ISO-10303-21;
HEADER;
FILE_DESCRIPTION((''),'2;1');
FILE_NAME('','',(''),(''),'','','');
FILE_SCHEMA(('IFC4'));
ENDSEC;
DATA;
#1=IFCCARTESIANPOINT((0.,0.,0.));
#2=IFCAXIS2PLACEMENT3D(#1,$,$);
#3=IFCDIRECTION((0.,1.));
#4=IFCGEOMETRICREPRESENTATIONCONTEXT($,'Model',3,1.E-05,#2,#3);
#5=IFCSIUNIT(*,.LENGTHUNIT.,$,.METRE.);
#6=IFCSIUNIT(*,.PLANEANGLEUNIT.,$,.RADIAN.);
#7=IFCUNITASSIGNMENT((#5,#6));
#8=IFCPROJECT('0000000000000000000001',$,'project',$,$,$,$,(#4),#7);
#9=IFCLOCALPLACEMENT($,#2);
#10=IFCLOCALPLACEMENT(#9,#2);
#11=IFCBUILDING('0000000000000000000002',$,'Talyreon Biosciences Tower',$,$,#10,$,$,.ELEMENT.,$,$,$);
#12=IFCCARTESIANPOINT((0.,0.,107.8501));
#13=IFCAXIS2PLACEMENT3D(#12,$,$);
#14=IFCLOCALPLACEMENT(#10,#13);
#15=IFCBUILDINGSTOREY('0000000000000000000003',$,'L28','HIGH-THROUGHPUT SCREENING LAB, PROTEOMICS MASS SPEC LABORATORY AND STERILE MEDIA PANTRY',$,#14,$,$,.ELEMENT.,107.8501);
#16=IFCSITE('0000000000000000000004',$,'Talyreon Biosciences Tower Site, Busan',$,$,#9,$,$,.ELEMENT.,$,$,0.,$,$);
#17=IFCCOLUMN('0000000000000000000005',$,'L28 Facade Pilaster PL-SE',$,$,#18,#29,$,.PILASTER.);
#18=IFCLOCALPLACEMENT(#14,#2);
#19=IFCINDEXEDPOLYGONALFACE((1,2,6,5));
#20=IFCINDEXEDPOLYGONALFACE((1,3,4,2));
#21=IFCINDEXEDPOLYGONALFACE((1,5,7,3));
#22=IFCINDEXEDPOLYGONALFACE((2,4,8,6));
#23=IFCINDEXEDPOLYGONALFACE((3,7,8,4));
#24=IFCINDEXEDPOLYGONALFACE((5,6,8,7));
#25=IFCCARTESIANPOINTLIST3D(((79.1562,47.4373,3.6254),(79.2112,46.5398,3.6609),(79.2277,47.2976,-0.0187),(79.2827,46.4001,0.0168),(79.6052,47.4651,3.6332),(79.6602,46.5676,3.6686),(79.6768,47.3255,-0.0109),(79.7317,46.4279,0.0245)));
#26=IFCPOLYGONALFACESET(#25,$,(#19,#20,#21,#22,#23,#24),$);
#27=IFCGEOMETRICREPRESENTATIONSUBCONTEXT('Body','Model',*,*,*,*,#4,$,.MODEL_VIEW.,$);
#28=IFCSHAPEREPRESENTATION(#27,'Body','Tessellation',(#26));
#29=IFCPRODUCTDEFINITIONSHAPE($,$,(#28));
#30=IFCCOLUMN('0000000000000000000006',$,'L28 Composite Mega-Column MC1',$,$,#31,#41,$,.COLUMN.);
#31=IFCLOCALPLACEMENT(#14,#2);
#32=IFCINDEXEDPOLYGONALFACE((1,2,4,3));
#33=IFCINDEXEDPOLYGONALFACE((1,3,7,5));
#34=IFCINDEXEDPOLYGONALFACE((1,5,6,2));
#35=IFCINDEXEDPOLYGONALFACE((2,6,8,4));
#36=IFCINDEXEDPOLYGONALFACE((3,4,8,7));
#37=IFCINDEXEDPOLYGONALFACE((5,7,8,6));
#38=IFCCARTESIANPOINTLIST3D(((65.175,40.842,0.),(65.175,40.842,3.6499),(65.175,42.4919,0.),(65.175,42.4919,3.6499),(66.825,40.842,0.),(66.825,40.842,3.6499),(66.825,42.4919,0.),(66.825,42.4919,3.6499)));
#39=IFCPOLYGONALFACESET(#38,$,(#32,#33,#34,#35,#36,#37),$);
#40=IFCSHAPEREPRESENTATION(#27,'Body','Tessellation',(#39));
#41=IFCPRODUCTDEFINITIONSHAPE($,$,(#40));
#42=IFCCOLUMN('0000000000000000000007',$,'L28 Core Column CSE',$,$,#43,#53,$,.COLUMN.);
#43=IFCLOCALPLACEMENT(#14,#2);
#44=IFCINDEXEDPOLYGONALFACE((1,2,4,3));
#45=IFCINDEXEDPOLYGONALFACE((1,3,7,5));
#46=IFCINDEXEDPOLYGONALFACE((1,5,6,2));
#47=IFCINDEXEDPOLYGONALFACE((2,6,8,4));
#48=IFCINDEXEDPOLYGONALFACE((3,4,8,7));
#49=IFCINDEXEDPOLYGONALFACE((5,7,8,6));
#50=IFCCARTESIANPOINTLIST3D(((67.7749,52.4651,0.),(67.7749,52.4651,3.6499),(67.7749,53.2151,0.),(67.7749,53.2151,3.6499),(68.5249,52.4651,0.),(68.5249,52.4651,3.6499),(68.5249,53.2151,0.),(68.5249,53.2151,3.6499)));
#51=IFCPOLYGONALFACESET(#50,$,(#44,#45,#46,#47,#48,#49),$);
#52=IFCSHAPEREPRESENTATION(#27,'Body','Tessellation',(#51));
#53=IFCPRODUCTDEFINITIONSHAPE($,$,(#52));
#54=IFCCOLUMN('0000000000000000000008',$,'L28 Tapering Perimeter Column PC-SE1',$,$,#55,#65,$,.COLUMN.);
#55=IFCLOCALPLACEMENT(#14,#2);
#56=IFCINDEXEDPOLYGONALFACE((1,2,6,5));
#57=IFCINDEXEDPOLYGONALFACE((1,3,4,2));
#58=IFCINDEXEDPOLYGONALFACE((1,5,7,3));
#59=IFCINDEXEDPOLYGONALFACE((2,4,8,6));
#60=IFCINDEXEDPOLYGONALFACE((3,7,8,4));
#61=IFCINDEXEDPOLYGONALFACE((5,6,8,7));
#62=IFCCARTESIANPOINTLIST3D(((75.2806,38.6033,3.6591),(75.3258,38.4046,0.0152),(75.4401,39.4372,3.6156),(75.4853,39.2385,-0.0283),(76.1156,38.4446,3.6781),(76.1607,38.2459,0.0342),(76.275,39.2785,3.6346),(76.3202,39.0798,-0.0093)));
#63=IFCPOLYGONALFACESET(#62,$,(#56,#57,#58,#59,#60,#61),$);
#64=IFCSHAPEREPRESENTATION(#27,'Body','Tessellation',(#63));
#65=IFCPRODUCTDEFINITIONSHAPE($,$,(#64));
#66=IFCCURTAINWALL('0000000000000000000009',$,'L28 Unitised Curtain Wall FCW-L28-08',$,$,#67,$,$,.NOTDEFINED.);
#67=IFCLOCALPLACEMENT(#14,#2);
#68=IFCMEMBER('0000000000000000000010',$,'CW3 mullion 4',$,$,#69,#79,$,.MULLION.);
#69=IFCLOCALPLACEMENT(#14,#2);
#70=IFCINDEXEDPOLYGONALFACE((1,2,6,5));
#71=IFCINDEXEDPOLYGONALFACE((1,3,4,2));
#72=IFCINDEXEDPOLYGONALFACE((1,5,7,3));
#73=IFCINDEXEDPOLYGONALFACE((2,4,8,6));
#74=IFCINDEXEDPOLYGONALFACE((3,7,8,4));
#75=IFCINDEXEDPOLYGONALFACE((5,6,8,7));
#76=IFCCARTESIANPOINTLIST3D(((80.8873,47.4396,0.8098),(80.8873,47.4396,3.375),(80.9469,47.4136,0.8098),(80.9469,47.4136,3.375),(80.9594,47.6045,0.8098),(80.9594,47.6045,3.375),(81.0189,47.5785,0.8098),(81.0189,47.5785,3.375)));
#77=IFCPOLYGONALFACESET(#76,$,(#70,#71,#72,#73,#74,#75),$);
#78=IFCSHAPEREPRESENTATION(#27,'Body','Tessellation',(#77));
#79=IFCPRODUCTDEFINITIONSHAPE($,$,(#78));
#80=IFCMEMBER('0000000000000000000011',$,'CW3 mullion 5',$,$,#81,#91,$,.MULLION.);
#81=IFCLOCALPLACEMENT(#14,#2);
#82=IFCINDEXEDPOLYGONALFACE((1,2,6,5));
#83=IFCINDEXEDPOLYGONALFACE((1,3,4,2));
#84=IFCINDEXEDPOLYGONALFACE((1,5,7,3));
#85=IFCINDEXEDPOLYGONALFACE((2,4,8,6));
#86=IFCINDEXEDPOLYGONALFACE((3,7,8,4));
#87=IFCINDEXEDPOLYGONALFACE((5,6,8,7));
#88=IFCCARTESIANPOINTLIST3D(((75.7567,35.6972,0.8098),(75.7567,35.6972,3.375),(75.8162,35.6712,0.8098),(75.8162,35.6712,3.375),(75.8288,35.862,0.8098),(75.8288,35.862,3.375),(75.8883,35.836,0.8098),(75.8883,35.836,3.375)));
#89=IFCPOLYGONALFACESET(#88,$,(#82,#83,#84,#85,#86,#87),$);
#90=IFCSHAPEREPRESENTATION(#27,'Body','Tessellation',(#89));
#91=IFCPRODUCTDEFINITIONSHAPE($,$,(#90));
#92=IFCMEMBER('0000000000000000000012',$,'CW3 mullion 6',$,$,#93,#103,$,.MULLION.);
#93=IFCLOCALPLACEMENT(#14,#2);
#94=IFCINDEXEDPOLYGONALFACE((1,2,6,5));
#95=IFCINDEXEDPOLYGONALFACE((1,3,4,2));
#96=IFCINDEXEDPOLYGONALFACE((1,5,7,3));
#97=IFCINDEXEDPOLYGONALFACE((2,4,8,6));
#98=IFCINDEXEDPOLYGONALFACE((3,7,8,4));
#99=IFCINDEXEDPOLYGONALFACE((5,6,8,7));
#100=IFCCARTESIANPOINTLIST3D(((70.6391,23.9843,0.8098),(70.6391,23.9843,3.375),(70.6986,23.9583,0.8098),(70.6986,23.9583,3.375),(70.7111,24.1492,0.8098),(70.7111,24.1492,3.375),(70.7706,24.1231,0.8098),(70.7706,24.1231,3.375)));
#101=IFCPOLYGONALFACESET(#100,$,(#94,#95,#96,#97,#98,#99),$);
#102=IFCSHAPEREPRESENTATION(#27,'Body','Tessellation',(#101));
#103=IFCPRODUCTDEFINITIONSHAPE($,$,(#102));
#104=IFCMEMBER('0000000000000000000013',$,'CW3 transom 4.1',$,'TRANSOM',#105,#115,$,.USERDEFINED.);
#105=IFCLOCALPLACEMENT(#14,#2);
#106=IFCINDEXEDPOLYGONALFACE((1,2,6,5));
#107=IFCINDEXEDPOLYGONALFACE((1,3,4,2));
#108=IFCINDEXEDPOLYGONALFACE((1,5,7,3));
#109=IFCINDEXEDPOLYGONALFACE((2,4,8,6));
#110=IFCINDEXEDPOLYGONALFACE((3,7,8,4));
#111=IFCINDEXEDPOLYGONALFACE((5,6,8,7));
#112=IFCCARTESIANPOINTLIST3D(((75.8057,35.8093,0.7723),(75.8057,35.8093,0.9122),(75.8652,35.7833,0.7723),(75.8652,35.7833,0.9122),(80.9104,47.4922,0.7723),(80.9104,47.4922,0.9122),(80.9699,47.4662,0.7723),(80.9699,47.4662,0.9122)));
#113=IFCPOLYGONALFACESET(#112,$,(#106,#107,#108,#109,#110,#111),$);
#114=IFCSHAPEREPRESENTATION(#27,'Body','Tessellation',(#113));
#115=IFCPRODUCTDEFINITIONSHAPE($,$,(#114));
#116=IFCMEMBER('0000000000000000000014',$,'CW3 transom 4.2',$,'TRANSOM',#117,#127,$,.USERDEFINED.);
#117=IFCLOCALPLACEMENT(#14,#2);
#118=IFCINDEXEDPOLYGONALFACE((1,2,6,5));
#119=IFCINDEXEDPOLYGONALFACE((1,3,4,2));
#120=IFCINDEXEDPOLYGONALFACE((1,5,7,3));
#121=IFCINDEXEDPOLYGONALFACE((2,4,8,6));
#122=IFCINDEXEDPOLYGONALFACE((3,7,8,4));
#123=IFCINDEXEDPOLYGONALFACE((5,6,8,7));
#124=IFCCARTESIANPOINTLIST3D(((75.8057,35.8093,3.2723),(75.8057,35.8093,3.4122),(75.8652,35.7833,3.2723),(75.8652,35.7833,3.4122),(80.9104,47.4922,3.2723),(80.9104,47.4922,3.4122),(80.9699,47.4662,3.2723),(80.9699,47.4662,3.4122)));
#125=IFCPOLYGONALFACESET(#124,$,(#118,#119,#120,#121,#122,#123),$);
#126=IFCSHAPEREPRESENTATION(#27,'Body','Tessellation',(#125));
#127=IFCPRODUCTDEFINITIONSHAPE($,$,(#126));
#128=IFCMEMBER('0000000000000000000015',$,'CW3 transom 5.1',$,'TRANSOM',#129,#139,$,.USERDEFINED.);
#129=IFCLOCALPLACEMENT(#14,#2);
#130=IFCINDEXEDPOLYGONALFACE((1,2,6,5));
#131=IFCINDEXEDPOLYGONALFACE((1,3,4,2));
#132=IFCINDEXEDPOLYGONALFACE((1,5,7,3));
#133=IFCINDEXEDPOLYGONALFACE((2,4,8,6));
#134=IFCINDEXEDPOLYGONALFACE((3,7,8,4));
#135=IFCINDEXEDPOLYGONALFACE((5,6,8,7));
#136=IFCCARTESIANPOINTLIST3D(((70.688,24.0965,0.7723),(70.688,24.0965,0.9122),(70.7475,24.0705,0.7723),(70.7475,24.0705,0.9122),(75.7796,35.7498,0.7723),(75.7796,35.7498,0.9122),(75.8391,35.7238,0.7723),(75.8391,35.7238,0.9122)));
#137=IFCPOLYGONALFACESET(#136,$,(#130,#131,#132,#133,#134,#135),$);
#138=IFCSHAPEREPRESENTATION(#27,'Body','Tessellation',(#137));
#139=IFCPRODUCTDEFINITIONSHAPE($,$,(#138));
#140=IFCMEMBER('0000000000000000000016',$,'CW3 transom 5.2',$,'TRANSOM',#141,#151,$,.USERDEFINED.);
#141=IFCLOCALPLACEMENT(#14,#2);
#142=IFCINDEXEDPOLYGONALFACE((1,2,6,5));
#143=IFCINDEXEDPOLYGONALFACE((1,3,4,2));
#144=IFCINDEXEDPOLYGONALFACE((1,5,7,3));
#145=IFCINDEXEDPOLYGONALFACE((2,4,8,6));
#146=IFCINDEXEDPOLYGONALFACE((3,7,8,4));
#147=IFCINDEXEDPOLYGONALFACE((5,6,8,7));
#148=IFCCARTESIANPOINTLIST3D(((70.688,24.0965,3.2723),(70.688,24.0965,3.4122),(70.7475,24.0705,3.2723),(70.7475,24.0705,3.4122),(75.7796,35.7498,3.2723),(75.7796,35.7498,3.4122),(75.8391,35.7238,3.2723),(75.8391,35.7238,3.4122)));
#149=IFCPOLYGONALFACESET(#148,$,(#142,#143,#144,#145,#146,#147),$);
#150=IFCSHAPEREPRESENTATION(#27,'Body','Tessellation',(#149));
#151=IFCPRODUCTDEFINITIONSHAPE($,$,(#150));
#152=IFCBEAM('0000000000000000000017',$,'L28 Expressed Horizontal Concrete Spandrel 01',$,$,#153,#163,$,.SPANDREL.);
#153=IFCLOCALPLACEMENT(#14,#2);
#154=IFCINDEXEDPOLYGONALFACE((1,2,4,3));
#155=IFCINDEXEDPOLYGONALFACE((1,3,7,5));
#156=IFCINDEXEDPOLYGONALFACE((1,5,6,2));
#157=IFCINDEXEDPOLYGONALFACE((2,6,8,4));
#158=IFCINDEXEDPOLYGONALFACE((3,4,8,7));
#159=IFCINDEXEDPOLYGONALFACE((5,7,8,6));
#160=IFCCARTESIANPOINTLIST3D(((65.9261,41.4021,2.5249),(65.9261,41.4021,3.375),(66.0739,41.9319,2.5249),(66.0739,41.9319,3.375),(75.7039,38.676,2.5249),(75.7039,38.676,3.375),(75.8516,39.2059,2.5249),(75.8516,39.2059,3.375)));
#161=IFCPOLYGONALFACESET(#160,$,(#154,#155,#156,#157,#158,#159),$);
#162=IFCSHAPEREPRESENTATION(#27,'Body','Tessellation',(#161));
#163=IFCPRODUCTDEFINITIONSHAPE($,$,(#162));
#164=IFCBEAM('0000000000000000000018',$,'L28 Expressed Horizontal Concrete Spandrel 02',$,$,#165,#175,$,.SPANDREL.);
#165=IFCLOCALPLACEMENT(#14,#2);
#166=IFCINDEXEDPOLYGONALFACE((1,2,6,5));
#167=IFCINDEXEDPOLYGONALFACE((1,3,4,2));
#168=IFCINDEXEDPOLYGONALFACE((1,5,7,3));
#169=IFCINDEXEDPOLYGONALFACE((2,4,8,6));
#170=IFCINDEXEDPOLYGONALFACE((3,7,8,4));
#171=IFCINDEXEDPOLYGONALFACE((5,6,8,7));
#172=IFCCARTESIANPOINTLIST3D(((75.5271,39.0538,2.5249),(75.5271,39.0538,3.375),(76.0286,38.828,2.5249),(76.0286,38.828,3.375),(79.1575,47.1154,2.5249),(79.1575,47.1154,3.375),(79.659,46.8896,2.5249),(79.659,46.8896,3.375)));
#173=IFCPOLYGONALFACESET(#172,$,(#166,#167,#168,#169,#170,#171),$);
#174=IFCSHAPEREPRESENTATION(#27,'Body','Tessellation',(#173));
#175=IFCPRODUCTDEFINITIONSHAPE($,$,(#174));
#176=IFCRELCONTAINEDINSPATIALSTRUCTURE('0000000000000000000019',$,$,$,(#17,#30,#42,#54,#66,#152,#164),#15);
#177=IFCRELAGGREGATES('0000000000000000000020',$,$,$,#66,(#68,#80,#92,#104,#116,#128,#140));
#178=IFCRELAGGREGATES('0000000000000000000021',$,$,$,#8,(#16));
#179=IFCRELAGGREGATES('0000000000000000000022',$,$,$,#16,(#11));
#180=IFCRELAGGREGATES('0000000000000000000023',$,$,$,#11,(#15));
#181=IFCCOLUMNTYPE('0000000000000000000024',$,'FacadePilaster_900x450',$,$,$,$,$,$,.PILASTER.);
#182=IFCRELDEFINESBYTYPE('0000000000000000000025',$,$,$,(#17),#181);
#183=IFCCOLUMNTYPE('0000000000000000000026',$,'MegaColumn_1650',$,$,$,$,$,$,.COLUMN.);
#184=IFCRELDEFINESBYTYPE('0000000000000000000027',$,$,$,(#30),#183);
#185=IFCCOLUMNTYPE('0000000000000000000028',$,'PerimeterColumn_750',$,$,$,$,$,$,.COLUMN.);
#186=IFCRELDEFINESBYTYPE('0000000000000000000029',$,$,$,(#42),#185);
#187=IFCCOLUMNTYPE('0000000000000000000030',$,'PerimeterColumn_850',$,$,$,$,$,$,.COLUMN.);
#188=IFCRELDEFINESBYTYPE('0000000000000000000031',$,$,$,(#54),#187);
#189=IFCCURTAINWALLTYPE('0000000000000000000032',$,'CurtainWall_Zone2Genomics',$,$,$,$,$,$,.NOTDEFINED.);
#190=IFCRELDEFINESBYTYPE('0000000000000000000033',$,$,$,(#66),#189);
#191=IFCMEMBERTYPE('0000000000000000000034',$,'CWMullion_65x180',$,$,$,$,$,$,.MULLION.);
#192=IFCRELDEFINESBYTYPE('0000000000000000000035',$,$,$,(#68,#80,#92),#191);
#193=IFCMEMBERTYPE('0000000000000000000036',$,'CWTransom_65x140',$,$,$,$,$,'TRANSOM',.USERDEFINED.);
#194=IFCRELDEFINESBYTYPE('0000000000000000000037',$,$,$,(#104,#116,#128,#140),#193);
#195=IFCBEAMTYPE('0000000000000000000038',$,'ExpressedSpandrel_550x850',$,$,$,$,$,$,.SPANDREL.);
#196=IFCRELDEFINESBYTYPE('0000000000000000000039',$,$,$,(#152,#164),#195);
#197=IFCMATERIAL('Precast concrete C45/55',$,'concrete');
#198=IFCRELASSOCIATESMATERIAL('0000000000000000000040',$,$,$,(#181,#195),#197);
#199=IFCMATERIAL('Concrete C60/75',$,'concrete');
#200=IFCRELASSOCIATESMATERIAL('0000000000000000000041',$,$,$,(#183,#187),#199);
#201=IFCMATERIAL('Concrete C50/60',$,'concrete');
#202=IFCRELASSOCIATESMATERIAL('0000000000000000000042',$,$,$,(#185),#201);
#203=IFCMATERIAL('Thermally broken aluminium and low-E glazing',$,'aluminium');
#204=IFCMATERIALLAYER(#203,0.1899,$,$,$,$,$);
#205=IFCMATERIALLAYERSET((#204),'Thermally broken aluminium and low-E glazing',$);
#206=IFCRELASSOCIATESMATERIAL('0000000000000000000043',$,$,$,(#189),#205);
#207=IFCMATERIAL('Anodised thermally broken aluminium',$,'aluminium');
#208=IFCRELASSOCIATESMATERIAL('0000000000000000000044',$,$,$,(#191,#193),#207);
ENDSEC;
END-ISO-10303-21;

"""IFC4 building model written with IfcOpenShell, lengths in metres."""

from ifc_helpers import new_model, si_unit, direction, frame, origin, origin_2d, place, context, subcontext, project, spatial, rectangle, extrude, material, layer, layer_set, material_profile, profile_set, type_object, element, aggregate, save


model = new_model("IFC4")

# Units and contexts
model_context = context("Model", 3, precision=1e-05, world=origin(), true_north=direction((0.0, 1.0)))
body_context = subcontext(model_context, "Body", "Model", "MODEL_VIEW")
ifc_project = project(units=[si_unit("LENGTHUNIT", "METRE"), si_unit("PLANEANGLEUNIT", "RADIAN")], contexts=[model_context])

# Site, building, storey
site_placement = place(None, origin())
site = spatial("IfcSite", under=ifc_project, at=site_placement, Name="Talyreon Biosciences Tower Site, Busan", CompositionType="ELEMENT", RefElevation=0.0)
building_placement = place(site_placement, origin())
building = spatial("IfcBuilding", under=site, at=building_placement, Name="Talyreon Biosciences Tower", CompositionType="ELEMENT")
storey_placement = place(building_placement, frame((0.0, 0.0, 107.8501)))
storey = spatial("IfcBuildingStorey", under=building, at=storey_placement, Name="L28", Description="HIGH-THROUGHPUT SCREENING LAB, PROTEOMICS MASS SPEC LABORATORY AND STERILE MEDIA PANTRY", CompositionType="ELEMENT", Elevation=107.8501)

# Columns
ifc_material_1 = material(Name="Precast concrete C45/55", Category="concrete")
ifc_material_profile_1 = material_profile(ifc_material_1, rectangle(XDim=0.8999, YDim=0.45, at=origin_2d()), Name="RC 900x450")
ifc_profile_set_1 = profile_set([ifc_material_profile_1], Name="Precast concrete C45/55")
column_type_1 = type_object("IfcColumnType", Name="FacadePilaster_900x450", PredefinedType="PILASTER", material=ifc_profile_set_1)
column_1_placement = place(storey_placement, frame((79.4797, 46.8628, 0.0029), z_axis=(-0.019612, 0.038287, 0.999074), x_axis=(0.061084, -0.997354, 0.03942)))
element("IfcColumn", 1, at=column_1_placement, inside=storey, type_object=column_type_1, Name="L28 Facade Pilaster PL-SE", PredefinedType="PILASTER", context=body_context, shape_type="SweptSolid", body=[
    extrude(rectangle(XDim=0.8999, YDim=0.45, at=origin_2d()), origin(), (0.0, 0.0, 1.0), 3.6475),
])
ifc_material_2 = material(Name="Concrete C60/75", Category="concrete")
ifc_material_profile_2 = material_profile(ifc_material_2, rectangle(XDim=1.6499, YDim=1.6499, at=origin_2d()), Name="RC 1650x1650")
ifc_profile_set_2 = profile_set([ifc_material_profile_2], Name="Concrete C60/75")
column_type_2 = type_object("IfcColumnType", Name="MegaColumn_1650", PredefinedType="COLUMN", material=ifc_profile_set_2)
column_2_placement = place(storey_placement, frame((66.0, 41.667, 0.0), z_axis=(0.0, 0.0, 1.0), x_axis=(1.0, 0.0, 0.0)))
element("IfcColumn", 2, at=column_2_placement, inside=storey, type_object=column_type_2, Name="L28 Composite Mega-Column MC1", PredefinedType="COLUMN", context=body_context, shape_type="SweptSolid", body=[
    extrude(rectangle(XDim=1.6499, YDim=1.6499, at=origin_2d()), origin(), (0.0, 0.0, 1.0), 3.6499),
])
ifc_material_3 = material(Name="Concrete C50/60", Category="concrete")
ifc_material_profile_3 = material_profile(ifc_material_3, rectangle(XDim=0.75, YDim=0.75, at=origin_2d()), Name="RC 750x750")
ifc_profile_set_3 = profile_set([ifc_material_profile_3], Name="Concrete C50/60")
column_type_3 = type_object("IfcColumnType", Name="PerimeterColumn_750", PredefinedType="COLUMN", material=ifc_profile_set_3)
column_3_placement = place(storey_placement, frame((68.1499, 52.8401, 0.0), z_axis=(0.0, 0.0, 1.0), x_axis=(1.0, 0.0, 0.0)))
element("IfcColumn", 3, at=column_3_placement, inside=storey, type_object=column_type_3, Name="L28 Core Column CSE", PredefinedType="COLUMN", context=body_context, shape_type="SweptSolid", body=[
    extrude(rectangle(XDim=0.75, YDim=0.75, at=origin_2d()), origin(), (0.0, 0.0, 1.0), 3.6499),
])
ifc_material_profile_4 = material_profile(ifc_material_2, rectangle(XDim=0.8501, YDim=0.8501, at=origin_2d()), Name="RC 850x850")
ifc_profile_set_4 = profile_set([ifc_material_profile_4], Name="Concrete C60/75")
column_type_4 = type_object("IfcColumnType", Name="PerimeterColumn_850", PredefinedType="COLUMN", material=ifc_profile_set_4)
column_4_placement = place(storey_placement, frame((75.823, 38.7422, 0.0029), z_axis=(-0.012375, 0.054451, 0.99844), x_axis=(-0.187608, -0.98091, 0.051169)))
element("IfcColumn", 4, at=column_4_placement, inside=storey, type_object=column_type_4, Name="L28 Tapering Perimeter Column PC-SE1", PredefinedType="COLUMN", context=body_context, shape_type="SweptSolid", body=[
    extrude(rectangle(XDim=0.8501, YDim=0.8501, at=origin_2d()), origin(), (0.0, 0.0, 1.0), 3.6497),
])

# Curtain wall, members
ifc_material_4 = material(Name="Thermally broken aluminium and low-E glazing", Category="aluminium")
ifc_layer_1 = layer(ifc_material_4, 0.1899)
ifc_layer_set_1 = layer_set([ifc_layer_1], Name="Thermally broken aluminium and low-E glazing")
curtain_wall_type = type_object("IfcCurtainWallType", Name="CurtainWall_Zone2Genomics", PredefinedType="NOTDEFINED", material=ifc_layer_set_1)
curtain_wall_placement = place(storey_placement, origin())
curtain_wall = element("IfcCurtainWall", 5, at=curtain_wall_placement, inside=storey, type_object=curtain_wall_type, Name="L28 Unitised Curtain Wall FCW-L28-08", PredefinedType="NOTDEFINED")
ifc_material_5 = material(Name="Anodised thermally broken aluminium", Category="aluminium")
ifc_material_profile_5 = material_profile(ifc_material_5, rectangle(XDim=0.0649, YDim=0.1799, at=origin_2d()), Name="ALUM MULLION 65x180")
ifc_profile_set_5 = profile_set([ifc_material_profile_5], Name="Anodised thermally broken aluminium")
member_type_1 = type_object("IfcMemberType", Name="CWMullion_65x180", PredefinedType="MULLION", material=ifc_profile_set_5)
member_1_placement = place(storey_placement, frame((80.9531, 47.509, 0.8098), z_axis=(0.0, 0.0, 1.0), x_axis=(0.916346, -0.400387, 0.0)))
member_1 = element("IfcMember", 6, at=member_1_placement, type_object=member_type_1, Name="CW3 mullion 4", PredefinedType="MULLION", context=body_context, shape_type="SweptSolid", body=[
    extrude(rectangle(XDim=0.0649, YDim=0.1799, at=origin_2d()), origin(), (0.0, 0.0, 1.0), 2.5652),
])
member_2_placement = place(storey_placement, frame((75.8225, 35.7666, 0.8098), z_axis=(0.0, 0.0, 1.0), x_axis=(0.916346, -0.400387, 0.0)))
member_2 = element("IfcMember", 7, at=member_2_placement, type_object=member_type_1, Name="CW3 mullion 5", PredefinedType="MULLION", context=body_context, shape_type="SweptSolid", body=[
    extrude(rectangle(XDim=0.0649, YDim=0.1799, at=origin_2d()), origin(), (0.0, 0.0, 1.0), 2.5652),
])
member_3_placement = place(storey_placement, frame((70.7048, 24.0537, 0.8098), z_axis=(0.0, 0.0, 1.0), x_axis=(0.916346, -0.400387, 0.0)))
member_3 = element("IfcMember", 8, at=member_3_placement, type_object=member_type_1, Name="CW3 mullion 6", PredefinedType="MULLION", context=body_context, shape_type="SweptSolid", body=[
    extrude(rectangle(XDim=0.0649, YDim=0.1799, at=origin_2d()), origin(), (0.0, 0.0, 1.0), 2.5652),
])
ifc_material_profile_6 = material_profile(ifc_material_5, rectangle(XDim=0.0649, YDim=0.1399, at=origin_2d()), Name="ALUM TRANSOM 65x140")
ifc_profile_set_6 = profile_set([ifc_material_profile_6], Name="Anodised thermally broken aluminium")
member_type_2 = type_object("IfcMemberType", Name="CWTransom_65x140", ElementType="TRANSOM", PredefinedType="USERDEFINED", material=ifc_profile_set_6)
member_4_placement = place(storey_placement, frame((80.9402, 47.4792, 0.8423), z_axis=(-0.40039, -0.916345, 0.0), x_axis=(0.916345, -0.40039, 0.0)))
member_4 = element("IfcMember", 9, at=member_4_placement, type_object=member_type_2, Name="CW3 transom 4.1", ObjectType="TRANSOM", PredefinedType="USERDEFINED", context=body_context, shape_type="SweptSolid", body=[
    extrude(rectangle(XDim=0.0649, YDim=0.1399, at=origin_2d()), origin(), (0.0, 0.0, 1.0), 12.7495),
])
member_5_placement = place(storey_placement, frame((80.9402, 47.4792, 3.3423), z_axis=(-0.40039, -0.916345, 0.0), x_axis=(0.916345, -0.40039, 0.0)))
member_5 = element("IfcMember", 10, at=member_5_placement, type_object=member_type_2, Name="CW3 transom 4.2", ObjectType="TRANSOM", PredefinedType="USERDEFINED", context=body_context, shape_type="SweptSolid", body=[
    extrude(rectangle(XDim=0.0649, YDim=0.1399, at=origin_2d()), origin(), (0.0, 0.0, 1.0), 12.7495),
])
member_6_placement = place(storey_placement, frame((75.8093, 35.7368, 0.8423), z_axis=(-0.400372, -0.916353, 0.0), x_axis=(0.916353, -0.400372, 0.0)))
member_6 = element("IfcMember", 11, at=member_6_placement, type_object=member_type_2, Name="CW3 transom 5.1", ObjectType="TRANSOM", PredefinedType="USERDEFINED", context=body_context, shape_type="SweptSolid", body=[
    extrude(rectangle(XDim=0.0649, YDim=0.1399, at=origin_2d()), origin(), (0.0, 0.0, 1.0), 12.717),
])
member_7_placement = place(storey_placement, frame((75.8093, 35.7368, 3.3423), z_axis=(-0.400372, -0.916353, 0.0), x_axis=(0.916353, -0.400372, 0.0)))
member_7 = element("IfcMember", 12, at=member_7_placement, type_object=member_type_2, Name="CW3 transom 5.2", ObjectType="TRANSOM", PredefinedType="USERDEFINED", context=body_context, shape_type="SweptSolid", body=[
    extrude(rectangle(XDim=0.0649, YDim=0.1399, at=origin_2d()), origin(), (0.0, 0.0, 1.0), 12.717),
])

# Beams
ifc_material_profile_7 = material_profile(ifc_material_1, rectangle(XDim=0.55, YDim=0.8501, at=origin_2d()), Name="RCB 550x850")
ifc_profile_set_7 = profile_set([ifc_material_profile_7], Name="Precast concrete C45/55")
beam_type_1 = type_object("IfcBeamType", Name="ExpressedSpandrel_550x850", PredefinedType="SPANDREL", material=ifc_profile_set_7)
beam_1_placement = place(storey_placement, frame((66.0, 41.667, 2.95), z_axis=(0.963263, -0.268559, 0.0), x_axis=(0.268559, 0.963263, 0.0)))
element("IfcBeam", 13, at=beam_1_placement, inside=storey, type_object=beam_type_1, Name="L28 Expressed Horizontal Concrete Spandrel 01", PredefinedType="SPANDREL", context=body_context, shape_type="SweptSolid", body=[
    extrude(rectangle(XDim=0.55, YDim=0.8501, at=origin_2d()), origin(), (0.0, 0.0, 1.0), 10.1506),
])
beam_2_placement = place(storey_placement, frame((75.7778, 38.9409, 2.95), z_axis=(0.410617, 0.911808, 0.0), x_axis=(-0.911808, 0.410617, 0.0)))
element("IfcBeam", 14, at=beam_2_placement, inside=storey, type_object=beam_type_1, Name="L28 Expressed Horizontal Concrete Spandrel 02", PredefinedType="SPANDREL", context=body_context, shape_type="SweptSolid", body=[
    extrude(rectangle(XDim=0.55, YDim=0.8501, at=origin_2d()), origin(), (0.0, 0.0, 1.0), 8.8413),
])

aggregate(curtain_wall, [member_1, member_2, member_3, member_4, member_5, member_6, member_7])

save(model, "model.ifc")
